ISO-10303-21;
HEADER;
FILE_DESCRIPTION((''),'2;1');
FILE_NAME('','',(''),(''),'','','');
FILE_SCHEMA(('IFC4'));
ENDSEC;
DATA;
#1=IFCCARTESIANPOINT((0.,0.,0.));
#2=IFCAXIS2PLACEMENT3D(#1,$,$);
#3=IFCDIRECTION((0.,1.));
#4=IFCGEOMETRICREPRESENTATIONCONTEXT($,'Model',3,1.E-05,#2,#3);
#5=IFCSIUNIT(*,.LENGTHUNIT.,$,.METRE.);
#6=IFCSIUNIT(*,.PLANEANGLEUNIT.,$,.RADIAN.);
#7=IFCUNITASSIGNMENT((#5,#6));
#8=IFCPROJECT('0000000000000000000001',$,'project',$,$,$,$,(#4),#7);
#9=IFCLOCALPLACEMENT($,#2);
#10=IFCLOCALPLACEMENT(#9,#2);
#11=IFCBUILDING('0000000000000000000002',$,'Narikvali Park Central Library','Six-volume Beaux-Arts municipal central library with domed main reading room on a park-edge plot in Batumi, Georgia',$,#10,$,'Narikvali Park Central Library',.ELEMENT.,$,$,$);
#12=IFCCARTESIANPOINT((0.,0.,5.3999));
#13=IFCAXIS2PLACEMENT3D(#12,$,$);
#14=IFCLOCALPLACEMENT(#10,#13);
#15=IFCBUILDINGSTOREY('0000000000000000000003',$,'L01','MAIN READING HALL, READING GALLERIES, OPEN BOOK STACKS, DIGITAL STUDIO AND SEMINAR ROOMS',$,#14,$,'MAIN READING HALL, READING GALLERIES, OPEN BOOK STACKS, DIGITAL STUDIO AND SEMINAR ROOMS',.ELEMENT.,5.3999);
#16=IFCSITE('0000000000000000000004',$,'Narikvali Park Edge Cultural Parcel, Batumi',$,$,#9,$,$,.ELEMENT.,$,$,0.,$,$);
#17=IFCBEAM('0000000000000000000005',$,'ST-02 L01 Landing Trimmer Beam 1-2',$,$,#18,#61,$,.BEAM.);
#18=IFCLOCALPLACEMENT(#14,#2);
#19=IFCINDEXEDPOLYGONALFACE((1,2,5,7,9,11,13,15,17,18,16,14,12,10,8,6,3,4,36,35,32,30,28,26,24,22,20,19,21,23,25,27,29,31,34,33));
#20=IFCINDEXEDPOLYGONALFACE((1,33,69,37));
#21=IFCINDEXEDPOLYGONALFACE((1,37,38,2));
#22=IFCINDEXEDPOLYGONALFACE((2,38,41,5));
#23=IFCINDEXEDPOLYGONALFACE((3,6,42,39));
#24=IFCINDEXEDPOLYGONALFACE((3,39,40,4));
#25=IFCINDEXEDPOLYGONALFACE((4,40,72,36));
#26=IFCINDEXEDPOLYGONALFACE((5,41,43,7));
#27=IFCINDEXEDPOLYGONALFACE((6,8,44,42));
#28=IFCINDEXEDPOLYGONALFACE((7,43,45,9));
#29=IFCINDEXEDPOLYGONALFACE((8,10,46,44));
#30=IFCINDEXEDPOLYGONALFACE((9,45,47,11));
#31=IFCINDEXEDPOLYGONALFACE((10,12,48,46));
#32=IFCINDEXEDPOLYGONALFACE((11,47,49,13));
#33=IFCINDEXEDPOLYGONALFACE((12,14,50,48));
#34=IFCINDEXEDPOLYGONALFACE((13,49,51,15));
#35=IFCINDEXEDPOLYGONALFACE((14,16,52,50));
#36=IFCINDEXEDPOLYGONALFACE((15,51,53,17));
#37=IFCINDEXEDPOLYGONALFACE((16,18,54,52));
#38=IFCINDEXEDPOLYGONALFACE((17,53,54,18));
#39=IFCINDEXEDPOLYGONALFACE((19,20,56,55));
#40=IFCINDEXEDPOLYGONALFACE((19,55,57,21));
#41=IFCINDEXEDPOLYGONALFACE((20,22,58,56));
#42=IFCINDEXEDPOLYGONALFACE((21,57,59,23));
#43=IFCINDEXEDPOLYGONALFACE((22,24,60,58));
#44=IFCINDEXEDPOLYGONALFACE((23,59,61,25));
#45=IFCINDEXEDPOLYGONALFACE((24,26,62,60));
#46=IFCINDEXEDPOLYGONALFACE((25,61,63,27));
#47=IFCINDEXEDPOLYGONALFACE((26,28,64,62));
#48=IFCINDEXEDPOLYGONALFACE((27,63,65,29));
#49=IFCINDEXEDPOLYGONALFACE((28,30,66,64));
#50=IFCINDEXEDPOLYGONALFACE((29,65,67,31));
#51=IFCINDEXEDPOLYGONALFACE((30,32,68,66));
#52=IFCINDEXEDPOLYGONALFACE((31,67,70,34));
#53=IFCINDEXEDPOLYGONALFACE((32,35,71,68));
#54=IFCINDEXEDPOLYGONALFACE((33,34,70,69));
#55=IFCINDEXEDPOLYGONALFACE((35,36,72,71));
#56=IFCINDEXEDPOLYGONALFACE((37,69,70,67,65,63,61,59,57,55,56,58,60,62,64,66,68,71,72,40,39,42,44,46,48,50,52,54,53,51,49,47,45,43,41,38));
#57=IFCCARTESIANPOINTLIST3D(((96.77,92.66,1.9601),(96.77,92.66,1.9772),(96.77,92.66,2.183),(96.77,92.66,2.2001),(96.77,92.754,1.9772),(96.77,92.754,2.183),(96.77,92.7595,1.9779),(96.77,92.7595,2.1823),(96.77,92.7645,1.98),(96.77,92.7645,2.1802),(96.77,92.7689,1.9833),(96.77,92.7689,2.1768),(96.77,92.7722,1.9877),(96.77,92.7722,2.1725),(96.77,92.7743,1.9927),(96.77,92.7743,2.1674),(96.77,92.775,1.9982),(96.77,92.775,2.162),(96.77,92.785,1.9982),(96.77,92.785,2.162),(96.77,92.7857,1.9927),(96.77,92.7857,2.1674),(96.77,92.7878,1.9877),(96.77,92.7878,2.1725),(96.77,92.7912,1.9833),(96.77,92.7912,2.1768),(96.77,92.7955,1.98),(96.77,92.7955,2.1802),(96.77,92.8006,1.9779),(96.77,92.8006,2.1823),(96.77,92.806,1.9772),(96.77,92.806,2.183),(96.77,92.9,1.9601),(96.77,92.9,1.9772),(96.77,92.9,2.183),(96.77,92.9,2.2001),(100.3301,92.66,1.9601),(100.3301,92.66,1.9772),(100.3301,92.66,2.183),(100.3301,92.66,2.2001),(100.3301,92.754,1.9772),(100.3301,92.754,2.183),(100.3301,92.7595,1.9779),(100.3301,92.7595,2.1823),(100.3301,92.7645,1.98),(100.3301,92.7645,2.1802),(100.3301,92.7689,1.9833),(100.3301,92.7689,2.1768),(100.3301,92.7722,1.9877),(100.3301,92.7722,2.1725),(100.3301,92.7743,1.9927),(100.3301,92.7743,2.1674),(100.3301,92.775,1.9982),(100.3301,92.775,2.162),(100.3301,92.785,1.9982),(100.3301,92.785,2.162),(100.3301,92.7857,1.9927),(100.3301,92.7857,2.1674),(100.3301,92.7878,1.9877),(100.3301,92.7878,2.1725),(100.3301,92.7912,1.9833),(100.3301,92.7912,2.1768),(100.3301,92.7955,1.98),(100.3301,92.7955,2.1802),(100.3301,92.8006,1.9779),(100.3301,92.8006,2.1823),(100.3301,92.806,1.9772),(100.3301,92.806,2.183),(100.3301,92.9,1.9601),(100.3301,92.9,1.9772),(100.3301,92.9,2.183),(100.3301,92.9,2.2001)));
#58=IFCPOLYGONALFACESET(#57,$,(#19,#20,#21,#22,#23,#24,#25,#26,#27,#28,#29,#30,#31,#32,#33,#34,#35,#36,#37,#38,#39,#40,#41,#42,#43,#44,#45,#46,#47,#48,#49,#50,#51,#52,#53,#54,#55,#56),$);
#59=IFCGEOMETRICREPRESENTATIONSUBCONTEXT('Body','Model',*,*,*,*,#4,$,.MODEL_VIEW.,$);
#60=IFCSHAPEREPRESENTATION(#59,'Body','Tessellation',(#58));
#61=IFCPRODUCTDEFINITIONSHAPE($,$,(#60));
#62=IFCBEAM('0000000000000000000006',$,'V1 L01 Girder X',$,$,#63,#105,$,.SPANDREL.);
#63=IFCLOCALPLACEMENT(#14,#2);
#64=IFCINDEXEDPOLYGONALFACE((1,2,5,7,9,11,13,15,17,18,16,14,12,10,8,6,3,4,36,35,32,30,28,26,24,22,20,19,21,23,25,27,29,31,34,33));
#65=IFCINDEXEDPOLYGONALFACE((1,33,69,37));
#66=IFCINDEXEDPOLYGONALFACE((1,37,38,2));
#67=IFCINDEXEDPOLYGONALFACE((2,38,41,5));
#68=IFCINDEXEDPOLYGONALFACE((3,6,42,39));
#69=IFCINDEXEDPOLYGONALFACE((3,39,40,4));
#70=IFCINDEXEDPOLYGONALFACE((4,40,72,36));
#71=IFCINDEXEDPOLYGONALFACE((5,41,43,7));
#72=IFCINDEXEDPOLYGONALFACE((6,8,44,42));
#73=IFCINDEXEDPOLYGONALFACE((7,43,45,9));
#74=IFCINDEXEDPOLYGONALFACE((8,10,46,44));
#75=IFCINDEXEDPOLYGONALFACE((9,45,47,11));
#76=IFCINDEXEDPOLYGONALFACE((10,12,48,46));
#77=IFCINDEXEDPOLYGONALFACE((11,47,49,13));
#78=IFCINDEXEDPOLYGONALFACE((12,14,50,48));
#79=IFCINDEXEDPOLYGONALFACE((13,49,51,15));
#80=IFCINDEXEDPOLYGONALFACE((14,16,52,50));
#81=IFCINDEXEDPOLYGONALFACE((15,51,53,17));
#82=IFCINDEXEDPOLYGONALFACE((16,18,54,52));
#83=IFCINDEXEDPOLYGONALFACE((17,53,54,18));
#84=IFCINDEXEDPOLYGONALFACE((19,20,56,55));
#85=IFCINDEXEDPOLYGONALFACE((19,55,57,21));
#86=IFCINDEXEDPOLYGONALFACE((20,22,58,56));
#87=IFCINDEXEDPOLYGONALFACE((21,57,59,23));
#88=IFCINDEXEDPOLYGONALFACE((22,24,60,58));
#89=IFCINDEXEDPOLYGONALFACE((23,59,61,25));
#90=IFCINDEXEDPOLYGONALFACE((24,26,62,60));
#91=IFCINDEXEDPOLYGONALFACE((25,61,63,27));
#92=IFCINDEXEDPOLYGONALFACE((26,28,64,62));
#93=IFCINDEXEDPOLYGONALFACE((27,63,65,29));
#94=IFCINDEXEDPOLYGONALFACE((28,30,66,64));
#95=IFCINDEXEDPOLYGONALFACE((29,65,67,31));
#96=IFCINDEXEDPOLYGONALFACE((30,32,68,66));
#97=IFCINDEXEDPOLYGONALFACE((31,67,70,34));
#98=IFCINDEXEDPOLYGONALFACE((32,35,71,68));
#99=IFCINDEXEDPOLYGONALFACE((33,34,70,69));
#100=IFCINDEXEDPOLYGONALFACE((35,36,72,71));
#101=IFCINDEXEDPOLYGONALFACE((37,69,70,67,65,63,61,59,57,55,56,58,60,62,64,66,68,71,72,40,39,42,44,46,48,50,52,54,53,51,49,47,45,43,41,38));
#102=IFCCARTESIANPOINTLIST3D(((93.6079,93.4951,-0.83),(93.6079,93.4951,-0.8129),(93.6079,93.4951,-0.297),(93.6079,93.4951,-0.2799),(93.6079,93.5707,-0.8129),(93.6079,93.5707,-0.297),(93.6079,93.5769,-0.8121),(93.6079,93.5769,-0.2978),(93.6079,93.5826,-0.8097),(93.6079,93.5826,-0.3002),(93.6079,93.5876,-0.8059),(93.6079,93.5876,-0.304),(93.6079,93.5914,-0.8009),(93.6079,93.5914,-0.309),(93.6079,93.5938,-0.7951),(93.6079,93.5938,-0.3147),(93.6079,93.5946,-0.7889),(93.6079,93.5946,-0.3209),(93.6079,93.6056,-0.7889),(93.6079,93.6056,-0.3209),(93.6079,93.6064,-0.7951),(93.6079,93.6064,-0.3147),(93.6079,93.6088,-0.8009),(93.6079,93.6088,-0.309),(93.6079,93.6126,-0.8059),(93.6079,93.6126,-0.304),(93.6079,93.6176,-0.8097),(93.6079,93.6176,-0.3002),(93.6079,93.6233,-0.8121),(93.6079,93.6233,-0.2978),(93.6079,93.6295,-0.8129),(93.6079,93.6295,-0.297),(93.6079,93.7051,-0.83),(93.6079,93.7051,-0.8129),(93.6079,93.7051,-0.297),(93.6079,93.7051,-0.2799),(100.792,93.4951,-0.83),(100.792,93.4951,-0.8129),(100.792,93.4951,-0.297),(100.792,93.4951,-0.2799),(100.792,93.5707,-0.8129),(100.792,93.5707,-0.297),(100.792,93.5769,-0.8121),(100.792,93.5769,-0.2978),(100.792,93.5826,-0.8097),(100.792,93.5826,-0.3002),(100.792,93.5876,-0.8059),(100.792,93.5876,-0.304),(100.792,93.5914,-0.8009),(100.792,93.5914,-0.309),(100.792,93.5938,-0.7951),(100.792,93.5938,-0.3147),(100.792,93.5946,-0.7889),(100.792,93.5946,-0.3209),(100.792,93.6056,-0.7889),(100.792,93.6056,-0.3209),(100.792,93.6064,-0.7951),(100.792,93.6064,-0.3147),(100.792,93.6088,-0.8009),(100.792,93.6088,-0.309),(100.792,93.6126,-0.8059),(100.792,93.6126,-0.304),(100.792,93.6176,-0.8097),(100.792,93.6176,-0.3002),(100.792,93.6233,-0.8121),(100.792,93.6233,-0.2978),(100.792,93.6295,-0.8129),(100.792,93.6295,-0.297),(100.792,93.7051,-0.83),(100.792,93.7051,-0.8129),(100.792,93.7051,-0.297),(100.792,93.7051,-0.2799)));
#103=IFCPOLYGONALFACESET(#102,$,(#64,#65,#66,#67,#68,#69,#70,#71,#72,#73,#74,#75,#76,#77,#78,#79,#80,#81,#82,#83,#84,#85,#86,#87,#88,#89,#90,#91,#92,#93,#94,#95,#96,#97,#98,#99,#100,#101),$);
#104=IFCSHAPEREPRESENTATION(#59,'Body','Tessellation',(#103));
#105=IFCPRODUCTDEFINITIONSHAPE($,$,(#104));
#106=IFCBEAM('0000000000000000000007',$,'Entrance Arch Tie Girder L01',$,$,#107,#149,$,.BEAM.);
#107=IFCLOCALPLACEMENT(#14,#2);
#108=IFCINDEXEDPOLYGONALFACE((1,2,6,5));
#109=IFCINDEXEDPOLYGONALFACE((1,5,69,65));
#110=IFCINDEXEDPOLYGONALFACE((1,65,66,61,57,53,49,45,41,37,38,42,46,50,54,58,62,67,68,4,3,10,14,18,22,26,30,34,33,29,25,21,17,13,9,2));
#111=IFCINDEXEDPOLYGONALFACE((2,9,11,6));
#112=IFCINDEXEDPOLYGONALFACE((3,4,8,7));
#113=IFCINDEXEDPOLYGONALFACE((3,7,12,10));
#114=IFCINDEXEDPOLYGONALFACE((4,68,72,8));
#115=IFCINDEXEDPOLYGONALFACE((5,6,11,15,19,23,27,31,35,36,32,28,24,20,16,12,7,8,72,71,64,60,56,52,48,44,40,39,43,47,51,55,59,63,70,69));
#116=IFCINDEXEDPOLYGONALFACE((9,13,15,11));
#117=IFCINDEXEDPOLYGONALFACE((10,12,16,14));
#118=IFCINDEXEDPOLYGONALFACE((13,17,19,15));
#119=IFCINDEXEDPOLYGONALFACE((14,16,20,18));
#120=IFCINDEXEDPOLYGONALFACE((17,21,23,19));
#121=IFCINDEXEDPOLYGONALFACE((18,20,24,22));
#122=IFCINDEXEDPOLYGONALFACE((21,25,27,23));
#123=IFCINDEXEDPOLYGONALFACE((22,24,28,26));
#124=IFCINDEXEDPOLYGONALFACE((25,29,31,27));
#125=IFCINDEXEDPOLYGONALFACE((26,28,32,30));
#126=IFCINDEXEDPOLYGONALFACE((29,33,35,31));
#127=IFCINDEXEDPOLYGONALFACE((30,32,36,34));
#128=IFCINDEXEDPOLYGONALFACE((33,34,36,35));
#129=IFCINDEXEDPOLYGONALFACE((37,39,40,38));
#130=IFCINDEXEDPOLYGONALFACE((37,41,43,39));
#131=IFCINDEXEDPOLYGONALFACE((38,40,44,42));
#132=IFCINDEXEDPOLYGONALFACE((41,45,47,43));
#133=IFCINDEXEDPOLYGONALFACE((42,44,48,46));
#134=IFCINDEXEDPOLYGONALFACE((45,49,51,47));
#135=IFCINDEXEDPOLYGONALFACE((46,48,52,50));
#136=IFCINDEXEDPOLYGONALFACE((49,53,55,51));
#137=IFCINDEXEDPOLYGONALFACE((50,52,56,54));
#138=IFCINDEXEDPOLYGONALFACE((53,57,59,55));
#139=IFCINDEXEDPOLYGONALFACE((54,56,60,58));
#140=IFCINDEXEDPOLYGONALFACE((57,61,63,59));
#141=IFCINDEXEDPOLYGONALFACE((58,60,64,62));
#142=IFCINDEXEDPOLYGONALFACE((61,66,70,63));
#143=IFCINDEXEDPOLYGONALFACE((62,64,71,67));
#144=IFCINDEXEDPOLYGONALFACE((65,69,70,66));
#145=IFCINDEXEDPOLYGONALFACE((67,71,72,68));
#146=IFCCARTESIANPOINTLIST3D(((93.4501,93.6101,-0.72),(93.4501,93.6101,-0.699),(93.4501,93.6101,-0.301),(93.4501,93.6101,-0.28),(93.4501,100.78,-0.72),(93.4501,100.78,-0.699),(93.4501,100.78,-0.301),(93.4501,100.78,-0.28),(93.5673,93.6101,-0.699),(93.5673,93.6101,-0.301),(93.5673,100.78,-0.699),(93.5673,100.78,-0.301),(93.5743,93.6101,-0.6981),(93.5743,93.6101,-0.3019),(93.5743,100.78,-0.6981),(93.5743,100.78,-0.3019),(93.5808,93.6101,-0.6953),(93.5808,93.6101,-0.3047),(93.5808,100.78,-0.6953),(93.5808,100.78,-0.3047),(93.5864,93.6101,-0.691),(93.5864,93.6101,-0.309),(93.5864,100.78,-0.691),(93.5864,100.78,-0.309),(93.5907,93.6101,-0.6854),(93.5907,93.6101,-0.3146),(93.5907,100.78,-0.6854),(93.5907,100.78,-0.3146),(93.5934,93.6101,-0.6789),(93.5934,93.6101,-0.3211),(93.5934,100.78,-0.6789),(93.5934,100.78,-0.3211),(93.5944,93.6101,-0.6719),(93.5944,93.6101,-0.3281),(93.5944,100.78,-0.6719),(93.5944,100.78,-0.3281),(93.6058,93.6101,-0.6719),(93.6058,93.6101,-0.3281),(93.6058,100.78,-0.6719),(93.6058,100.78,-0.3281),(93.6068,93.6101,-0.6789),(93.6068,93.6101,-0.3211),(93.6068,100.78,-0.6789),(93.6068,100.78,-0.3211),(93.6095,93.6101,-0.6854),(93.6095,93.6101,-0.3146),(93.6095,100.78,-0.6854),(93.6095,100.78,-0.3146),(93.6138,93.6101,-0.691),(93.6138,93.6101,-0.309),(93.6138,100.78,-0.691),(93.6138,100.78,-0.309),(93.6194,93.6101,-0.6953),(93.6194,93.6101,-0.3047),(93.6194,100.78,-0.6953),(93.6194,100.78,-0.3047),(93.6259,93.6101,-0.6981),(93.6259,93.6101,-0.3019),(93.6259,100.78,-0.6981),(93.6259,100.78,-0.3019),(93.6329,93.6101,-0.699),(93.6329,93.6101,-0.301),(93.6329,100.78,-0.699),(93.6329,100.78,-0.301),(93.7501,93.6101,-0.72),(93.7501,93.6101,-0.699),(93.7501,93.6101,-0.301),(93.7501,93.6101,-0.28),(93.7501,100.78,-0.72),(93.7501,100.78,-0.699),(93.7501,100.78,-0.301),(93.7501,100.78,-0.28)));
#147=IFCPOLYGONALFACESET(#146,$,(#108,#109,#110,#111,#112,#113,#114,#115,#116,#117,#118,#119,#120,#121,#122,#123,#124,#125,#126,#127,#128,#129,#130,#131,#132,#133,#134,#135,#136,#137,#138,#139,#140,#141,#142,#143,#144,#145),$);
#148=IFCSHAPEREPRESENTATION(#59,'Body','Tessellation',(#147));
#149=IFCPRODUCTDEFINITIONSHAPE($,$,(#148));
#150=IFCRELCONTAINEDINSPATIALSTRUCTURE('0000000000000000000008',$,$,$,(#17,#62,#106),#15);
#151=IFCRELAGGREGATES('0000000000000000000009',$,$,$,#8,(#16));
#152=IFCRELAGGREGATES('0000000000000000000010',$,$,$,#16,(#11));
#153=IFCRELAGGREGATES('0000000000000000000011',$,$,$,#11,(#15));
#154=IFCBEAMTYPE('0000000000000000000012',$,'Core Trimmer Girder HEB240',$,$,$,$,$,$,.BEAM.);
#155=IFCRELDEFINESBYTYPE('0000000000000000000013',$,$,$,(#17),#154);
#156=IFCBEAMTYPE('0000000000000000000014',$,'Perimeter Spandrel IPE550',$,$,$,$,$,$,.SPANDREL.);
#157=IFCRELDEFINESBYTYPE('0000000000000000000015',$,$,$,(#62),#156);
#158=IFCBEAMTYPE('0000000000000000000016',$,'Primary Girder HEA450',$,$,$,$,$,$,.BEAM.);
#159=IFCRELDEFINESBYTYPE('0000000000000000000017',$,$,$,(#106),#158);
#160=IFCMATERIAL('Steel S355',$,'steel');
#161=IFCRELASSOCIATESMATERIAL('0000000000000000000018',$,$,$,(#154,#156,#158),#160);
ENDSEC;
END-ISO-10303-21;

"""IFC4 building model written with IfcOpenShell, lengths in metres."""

from ifc_helpers import new_model, si_unit, direction, frame, origin, origin_2d, place, context, subcontext, project, spatial, i_section, extrude, material, material_profile, profile_set, type_object, element, save


model = new_model("IFC4")

# Units and contexts
model_context = context("Model", 3, precision=1e-05, world=origin(), true_north=direction((0.0, 1.0)))
body_context = subcontext(model_context, "Body", "Model", "MODEL_VIEW")
ifc_project = project(units=[si_unit("LENGTHUNIT", "METRE"), si_unit("PLANEANGLEUNIT", "RADIAN")], contexts=[model_context])

# Site, building, storey
site_placement = place(None, origin())
site = spatial("IfcSite", under=ifc_project, at=site_placement, Name="Narikvali Park Edge Cultural Parcel, Batumi", CompositionType="ELEMENT", RefElevation=0.0)
building_placement = place(site_placement, origin())
building = spatial("IfcBuilding", under=site, at=building_placement, Name="Narikvali Park Central Library", Description="Six-volume Beaux-Arts municipal central library with domed main reading room on a park-edge plot in Batumi, Georgia", LongName="Narikvali Park Central Library", CompositionType="ELEMENT")
storey_placement = place(building_placement, frame((0.0, 0.0, 5.3999)))
storey = spatial("IfcBuildingStorey", under=building, at=storey_placement, Name="L01", Description="MAIN READING HALL, READING GALLERIES, OPEN BOOK STACKS, DIGITAL STUDIO AND SEMINAR ROOMS", LongName="MAIN READING HALL, READING GALLERIES, OPEN BOOK STACKS, DIGITAL STUDIO AND SEMINAR ROOMS", CompositionType="ELEMENT", Elevation=5.3999)

# Shared definitions
ifc_material_1 = material(Name="Steel S355", Category="steel")

# Beams
ifc_material_profile_1 = material_profile(ifc_material_1, i_section(OverallWidth=0.24, OverallDepth=0.24, WebThickness=0.01, FlangeThickness=0.0171, FilletRadius=0.021, at=origin_2d()), Name="HEB 240")
ifc_profile_set_1 = profile_set([ifc_material_profile_1], Name="Steel S355")
beam_type_1 = type_object("IfcBeamType", Name="Core Trimmer Girder HEB240", PredefinedType="BEAM", material=ifc_profile_set_1)
for number, where, z_axis, x_axis, name in (
    (1, (96.77, 92.78, 2.0801), (1.0, 0.0, 0.0), (0.0, 1.0, 0.0), "ST-02 L01 Landing Trimmer Beam 1-2"),
):
    element("IfcBeam", number, at=place(storey_placement, frame(where, z_axis=z_axis, x_axis=x_axis)), inside=storey, type_object=beam_type_1, Name=name, PredefinedType="BEAM", context=body_context, shape_type="SweptSolid", body=[
        extrude(i_section(OverallWidth=0.24, OverallDepth=0.24, WebThickness=0.01, FlangeThickness=0.0171, FilletRadius=0.021, at=origin_2d()), origin(), (0.0, 0.0, 1.0), 3.5601),
    ])
ifc_material_profile_2 = material_profile(ifc_material_1, i_section(OverallWidth=0.21, OverallDepth=0.55, WebThickness=0.011, FlangeThickness=0.0171, FilletRadius=0.0239, at=origin_2d()), Name="IPE 550")
ifc_profile_set_2 = profile_set([ifc_material_profile_2], Name="Steel S355")
beam_type_2 = type_object("IfcBeamType", Name="Perimeter Spandrel IPE550", PredefinedType="SPANDREL", material=ifc_profile_set_2)
beam_1_placement = place(storey_placement, frame((93.6079, 93.6001, -0.5549), z_axis=(1.0, 0.0, 0.0), x_axis=(0.0, 1.0, 0.0)))
element("IfcBeam", 2, at=beam_1_placement, inside=storey, type_object=beam_type_2, Name="V1 L01 Girder X", PredefinedType="SPANDREL", context=body_context, shape_type="SweptSolid", body=[
    extrude(i_section(OverallWidth=0.21, OverallDepth=0.55, WebThickness=0.011, FlangeThickness=0.0171, FilletRadius=0.0239, at=origin_2d()), origin(), (0.0, 0.0, 1.0), 7.1841),
])
ifc_material_profile_3 = material_profile(ifc_material_1, i_section(OverallWidth=0.3, OverallDepth=0.4399, WebThickness=0.0115, FlangeThickness=0.021, FilletRadius=0.0271, at=origin_2d()), Name="HEA 450")
ifc_profile_set_3 = profile_set([ifc_material_profile_3], Name="Steel S355")
beam_type_3 = type_object("IfcBeamType", Name="Primary Girder HEA450", PredefinedType="BEAM", material=ifc_profile_set_3)
beam_2_placement = place(storey_placement, frame((93.6001, 93.6101, -0.5), z_axis=(0.0, 1.0, 0.0), x_axis=(-1.0, 0.0, 0.0)))
element("IfcBeam", 3, at=beam_2_placement, inside=storey, type_object=beam_type_3, Name="Entrance Arch Tie Girder L01", PredefinedType="BEAM", context=body_context, shape_type="SweptSolid", body=[
    extrude(i_section(OverallWidth=0.3, OverallDepth=0.4399, WebThickness=0.0115, FlangeThickness=0.021, FilletRadius=0.0271, at=origin_2d()), origin(), (0.0, 0.0, 1.0), 7.1699),
])

save(model, "model.ifc")
